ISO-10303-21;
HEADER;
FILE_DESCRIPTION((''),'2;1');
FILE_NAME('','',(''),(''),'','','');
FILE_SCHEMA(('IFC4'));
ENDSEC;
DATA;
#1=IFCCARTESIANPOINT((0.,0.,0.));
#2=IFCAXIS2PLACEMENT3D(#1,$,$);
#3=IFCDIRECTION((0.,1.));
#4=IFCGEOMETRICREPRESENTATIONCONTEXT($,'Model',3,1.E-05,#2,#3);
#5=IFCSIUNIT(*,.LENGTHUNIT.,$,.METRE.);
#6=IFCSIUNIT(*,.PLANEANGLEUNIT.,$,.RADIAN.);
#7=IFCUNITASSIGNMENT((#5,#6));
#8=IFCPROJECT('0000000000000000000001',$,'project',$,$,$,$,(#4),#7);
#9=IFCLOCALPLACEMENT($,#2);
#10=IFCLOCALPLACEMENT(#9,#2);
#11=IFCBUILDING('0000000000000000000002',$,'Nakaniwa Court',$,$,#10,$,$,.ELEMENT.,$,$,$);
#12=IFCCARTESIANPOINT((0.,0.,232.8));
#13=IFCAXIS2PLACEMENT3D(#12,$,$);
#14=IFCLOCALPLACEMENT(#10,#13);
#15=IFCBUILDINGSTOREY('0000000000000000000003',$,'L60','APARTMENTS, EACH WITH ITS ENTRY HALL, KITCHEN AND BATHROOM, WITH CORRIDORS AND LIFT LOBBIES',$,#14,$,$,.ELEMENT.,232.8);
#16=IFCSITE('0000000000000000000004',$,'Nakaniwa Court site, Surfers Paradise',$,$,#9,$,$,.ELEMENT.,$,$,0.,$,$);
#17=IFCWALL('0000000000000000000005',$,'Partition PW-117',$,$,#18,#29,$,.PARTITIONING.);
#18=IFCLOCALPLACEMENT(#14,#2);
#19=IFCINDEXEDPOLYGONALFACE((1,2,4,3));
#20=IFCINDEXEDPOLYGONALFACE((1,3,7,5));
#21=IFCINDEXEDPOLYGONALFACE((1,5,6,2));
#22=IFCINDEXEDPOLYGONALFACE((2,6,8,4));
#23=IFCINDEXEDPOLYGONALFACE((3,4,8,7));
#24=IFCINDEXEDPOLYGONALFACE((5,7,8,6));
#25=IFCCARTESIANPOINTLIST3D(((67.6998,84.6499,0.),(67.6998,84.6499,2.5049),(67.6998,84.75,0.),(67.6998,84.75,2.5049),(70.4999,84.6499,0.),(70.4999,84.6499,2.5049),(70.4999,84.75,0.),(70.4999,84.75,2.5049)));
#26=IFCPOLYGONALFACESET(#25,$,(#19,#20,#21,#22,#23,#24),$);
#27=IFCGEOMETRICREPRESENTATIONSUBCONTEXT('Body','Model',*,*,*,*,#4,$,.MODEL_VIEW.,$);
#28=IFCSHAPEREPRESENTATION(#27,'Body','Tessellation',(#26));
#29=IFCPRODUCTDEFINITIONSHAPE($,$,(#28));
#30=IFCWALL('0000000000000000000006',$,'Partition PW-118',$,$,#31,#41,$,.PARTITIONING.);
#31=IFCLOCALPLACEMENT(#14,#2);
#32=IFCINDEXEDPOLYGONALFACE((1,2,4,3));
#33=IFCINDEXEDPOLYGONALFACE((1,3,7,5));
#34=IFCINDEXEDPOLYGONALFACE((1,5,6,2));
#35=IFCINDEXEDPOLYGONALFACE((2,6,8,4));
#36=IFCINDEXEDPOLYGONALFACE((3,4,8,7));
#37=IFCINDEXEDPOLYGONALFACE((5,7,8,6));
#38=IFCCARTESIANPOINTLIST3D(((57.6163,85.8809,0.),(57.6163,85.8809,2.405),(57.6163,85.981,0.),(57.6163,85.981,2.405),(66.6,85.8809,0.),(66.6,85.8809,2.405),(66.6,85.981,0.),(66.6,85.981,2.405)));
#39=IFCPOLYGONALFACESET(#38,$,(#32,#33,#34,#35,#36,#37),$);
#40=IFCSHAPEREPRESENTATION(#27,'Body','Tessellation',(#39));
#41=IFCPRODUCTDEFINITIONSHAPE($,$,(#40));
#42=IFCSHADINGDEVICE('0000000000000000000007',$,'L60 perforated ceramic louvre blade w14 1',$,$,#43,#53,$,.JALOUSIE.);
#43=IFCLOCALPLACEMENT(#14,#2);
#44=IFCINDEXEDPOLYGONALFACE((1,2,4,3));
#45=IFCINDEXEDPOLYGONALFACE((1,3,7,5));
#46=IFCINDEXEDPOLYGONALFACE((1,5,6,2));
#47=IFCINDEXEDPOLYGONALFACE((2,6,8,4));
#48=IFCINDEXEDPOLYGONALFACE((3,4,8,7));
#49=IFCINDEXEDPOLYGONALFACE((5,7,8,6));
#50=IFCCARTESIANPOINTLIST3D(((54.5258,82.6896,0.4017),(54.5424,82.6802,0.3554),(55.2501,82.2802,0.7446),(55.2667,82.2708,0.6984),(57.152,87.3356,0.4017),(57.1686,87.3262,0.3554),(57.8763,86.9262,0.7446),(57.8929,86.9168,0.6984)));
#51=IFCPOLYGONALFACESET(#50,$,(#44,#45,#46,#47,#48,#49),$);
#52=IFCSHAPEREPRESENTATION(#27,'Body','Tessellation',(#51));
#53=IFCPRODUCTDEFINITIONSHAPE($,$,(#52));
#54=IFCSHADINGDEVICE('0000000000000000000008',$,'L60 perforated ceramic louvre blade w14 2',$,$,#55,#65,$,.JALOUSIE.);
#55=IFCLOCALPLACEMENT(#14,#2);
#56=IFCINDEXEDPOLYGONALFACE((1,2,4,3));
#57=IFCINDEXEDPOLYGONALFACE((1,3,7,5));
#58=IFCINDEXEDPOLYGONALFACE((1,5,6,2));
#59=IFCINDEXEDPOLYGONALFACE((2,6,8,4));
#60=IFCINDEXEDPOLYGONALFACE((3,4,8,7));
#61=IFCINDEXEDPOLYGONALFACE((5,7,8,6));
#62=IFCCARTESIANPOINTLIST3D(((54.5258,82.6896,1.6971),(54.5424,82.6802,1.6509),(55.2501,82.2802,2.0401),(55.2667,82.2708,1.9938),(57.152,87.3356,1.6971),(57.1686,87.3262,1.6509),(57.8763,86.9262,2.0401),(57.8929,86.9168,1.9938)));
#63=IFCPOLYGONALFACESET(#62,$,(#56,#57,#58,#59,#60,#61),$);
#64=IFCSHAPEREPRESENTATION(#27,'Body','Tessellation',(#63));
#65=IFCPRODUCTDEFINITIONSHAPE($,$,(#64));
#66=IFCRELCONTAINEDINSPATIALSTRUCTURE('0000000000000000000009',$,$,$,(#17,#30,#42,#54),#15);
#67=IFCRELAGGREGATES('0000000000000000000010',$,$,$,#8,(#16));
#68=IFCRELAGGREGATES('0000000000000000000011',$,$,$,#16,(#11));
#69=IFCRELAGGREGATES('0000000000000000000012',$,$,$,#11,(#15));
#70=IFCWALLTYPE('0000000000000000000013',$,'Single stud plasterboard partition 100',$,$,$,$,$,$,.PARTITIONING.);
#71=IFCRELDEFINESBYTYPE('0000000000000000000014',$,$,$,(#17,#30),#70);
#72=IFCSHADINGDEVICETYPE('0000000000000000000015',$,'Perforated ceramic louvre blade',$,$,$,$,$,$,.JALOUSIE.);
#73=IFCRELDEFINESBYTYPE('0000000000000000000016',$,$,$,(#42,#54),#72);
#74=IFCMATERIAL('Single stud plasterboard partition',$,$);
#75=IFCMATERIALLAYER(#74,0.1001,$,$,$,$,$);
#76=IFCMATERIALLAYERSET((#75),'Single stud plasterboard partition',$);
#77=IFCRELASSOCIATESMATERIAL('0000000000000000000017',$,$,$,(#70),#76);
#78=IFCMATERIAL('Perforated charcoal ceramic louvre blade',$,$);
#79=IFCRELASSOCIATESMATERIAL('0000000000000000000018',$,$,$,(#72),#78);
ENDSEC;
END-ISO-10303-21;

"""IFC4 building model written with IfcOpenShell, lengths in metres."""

from ifc_helpers import new_model, si_unit, direction, frame, frame_2d, origin, origin_2d, place, context, subcontext, project, spatial, rectangle, extrude, material, layer, layer_set, material_profile, profile_set, type_object, element, save


model = new_model("IFC4")

# Units and contexts
model_context = context("Model", 3, precision=1e-05, world=origin(), true_north=direction((0.0, 1.0)))
body_context = subcontext(model_context, "Body", "Model", "MODEL_VIEW")
ifc_project = project(units=[si_unit("LENGTHUNIT", "METRE"), si_unit("PLANEANGLEUNIT", "RADIAN")], contexts=[model_context])

# Site, building, storey
site_placement = place(None, origin())
site = spatial("IfcSite", under=ifc_project, at=site_placement, Name="Nakaniwa Court site, Surfers Paradise", CompositionType="ELEMENT", RefElevation=0.0)
building_placement = place(site_placement, origin())
building = spatial("IfcBuilding", under=site, at=building_placement, Name="Nakaniwa Court", CompositionType="ELEMENT")
storey_placement = place(building_placement, frame((0.0, 0.0, 232.8)))
storey = spatial("IfcBuildingStorey", under=building, at=storey_placement, Name="L60", Description="APARTMENTS, EACH WITH ITS ENTRY HALL, KITCHEN AND BATHROOM, WITH CORRIDORS AND LIFT LOBBIES", CompositionType="ELEMENT", Elevation=232.8)

# Shared definitions
ifc_material_1 = material(Name="Single stud plasterboard partition")
ifc_layer_1 = layer(ifc_material_1, 0.1001)
ifc_layer_set_1 = layer_set([ifc_layer_1], Name="Single stud plasterboard partition")
wall_type_1 = type_object("IfcWallType", Name="Single stud plasterboard partition 100", PredefinedType="PARTITIONING", material=ifc_layer_set_1)

# Walls
wall_1_placement = place(storey_placement, frame((67.7, 84.7, 0.0), z_axis=(0.0, 0.0, 1.0), x_axis=(1.0, 0.0, 0.0)))
element("IfcWall", 1, at=wall_1_placement, inside=storey, type_object=wall_type_1, Name="Partition PW-117", PredefinedType="PARTITIONING", context=body_context, shape_type="SweptSolid", body=[
    extrude(rectangle(XDim=2.8, YDim=0.1001, at=frame_2d((1.3999, 0.0))), origin(), (0.0, 0.0, 1.0), 2.5049),
])
wall_2_placement = place(storey_placement, frame((57.6165, 85.9309, 0.0), z_axis=(0.0, 0.0, 1.0), x_axis=(1.0, 0.0, 0.0)))
element("IfcWall", 2, at=wall_2_placement, inside=storey, type_object=wall_type_1, Name="Partition PW-118", PredefinedType="PARTITIONING", context=body_context, shape_type="SweptSolid", body=[
    extrude(rectangle(XDim=8.9836, YDim=0.1001, at=frame_2d((4.4917, 0.0))), origin(), (0.0, 0.0, 1.0), 2.405),
])

# Shading devices
ifc_material_2 = material(Name="Perforated charcoal ceramic louvre blade")
ifc_material_profile_1 = material_profile(ifc_material_2, rectangle(XDim=0.8999, YDim=0.05, at=origin_2d()), Name="Perforated ceramic louvre blade")
ifc_profile_set_1 = profile_set([ifc_material_profile_1], Name="Perforated charcoal ceramic louvre blade")
shading_device_type = type_object("IfcShadingDeviceType", Name="Perforated ceramic louvre blade", PredefinedType="JALOUSIE", material=ifc_profile_set_1)
for number, where, z_axis, x_axis, name in (
    (3, (57.5225, 87.1262, 0.55), (-0.492089, -0.870545, 0.0), (0.804859, -0.454959, 0.38107), "L60 perforated ceramic louvre blade w14 1"),
    (4, (57.5225, 87.1262, 1.8455), (-0.492089, -0.870545, 0.0), (0.804859, -0.454959, 0.38107), "L60 perforated ceramic louvre blade w14 2"),
):
    element("IfcShadingDevice", number, at=place(storey_placement, frame(where, z_axis=z_axis, x_axis=x_axis)), inside=storey, type_object=shading_device_type, Name=name, PredefinedType="JALOUSIE", context=body_context, shape_type="SweptSolid", body=[
        extrude(rectangle(XDim=0.8999, YDim=0.05, at=origin_2d()), origin(), (0.0, 0.0, 1.0), 5.3369),
    ])

save(model, "model.ifc")
